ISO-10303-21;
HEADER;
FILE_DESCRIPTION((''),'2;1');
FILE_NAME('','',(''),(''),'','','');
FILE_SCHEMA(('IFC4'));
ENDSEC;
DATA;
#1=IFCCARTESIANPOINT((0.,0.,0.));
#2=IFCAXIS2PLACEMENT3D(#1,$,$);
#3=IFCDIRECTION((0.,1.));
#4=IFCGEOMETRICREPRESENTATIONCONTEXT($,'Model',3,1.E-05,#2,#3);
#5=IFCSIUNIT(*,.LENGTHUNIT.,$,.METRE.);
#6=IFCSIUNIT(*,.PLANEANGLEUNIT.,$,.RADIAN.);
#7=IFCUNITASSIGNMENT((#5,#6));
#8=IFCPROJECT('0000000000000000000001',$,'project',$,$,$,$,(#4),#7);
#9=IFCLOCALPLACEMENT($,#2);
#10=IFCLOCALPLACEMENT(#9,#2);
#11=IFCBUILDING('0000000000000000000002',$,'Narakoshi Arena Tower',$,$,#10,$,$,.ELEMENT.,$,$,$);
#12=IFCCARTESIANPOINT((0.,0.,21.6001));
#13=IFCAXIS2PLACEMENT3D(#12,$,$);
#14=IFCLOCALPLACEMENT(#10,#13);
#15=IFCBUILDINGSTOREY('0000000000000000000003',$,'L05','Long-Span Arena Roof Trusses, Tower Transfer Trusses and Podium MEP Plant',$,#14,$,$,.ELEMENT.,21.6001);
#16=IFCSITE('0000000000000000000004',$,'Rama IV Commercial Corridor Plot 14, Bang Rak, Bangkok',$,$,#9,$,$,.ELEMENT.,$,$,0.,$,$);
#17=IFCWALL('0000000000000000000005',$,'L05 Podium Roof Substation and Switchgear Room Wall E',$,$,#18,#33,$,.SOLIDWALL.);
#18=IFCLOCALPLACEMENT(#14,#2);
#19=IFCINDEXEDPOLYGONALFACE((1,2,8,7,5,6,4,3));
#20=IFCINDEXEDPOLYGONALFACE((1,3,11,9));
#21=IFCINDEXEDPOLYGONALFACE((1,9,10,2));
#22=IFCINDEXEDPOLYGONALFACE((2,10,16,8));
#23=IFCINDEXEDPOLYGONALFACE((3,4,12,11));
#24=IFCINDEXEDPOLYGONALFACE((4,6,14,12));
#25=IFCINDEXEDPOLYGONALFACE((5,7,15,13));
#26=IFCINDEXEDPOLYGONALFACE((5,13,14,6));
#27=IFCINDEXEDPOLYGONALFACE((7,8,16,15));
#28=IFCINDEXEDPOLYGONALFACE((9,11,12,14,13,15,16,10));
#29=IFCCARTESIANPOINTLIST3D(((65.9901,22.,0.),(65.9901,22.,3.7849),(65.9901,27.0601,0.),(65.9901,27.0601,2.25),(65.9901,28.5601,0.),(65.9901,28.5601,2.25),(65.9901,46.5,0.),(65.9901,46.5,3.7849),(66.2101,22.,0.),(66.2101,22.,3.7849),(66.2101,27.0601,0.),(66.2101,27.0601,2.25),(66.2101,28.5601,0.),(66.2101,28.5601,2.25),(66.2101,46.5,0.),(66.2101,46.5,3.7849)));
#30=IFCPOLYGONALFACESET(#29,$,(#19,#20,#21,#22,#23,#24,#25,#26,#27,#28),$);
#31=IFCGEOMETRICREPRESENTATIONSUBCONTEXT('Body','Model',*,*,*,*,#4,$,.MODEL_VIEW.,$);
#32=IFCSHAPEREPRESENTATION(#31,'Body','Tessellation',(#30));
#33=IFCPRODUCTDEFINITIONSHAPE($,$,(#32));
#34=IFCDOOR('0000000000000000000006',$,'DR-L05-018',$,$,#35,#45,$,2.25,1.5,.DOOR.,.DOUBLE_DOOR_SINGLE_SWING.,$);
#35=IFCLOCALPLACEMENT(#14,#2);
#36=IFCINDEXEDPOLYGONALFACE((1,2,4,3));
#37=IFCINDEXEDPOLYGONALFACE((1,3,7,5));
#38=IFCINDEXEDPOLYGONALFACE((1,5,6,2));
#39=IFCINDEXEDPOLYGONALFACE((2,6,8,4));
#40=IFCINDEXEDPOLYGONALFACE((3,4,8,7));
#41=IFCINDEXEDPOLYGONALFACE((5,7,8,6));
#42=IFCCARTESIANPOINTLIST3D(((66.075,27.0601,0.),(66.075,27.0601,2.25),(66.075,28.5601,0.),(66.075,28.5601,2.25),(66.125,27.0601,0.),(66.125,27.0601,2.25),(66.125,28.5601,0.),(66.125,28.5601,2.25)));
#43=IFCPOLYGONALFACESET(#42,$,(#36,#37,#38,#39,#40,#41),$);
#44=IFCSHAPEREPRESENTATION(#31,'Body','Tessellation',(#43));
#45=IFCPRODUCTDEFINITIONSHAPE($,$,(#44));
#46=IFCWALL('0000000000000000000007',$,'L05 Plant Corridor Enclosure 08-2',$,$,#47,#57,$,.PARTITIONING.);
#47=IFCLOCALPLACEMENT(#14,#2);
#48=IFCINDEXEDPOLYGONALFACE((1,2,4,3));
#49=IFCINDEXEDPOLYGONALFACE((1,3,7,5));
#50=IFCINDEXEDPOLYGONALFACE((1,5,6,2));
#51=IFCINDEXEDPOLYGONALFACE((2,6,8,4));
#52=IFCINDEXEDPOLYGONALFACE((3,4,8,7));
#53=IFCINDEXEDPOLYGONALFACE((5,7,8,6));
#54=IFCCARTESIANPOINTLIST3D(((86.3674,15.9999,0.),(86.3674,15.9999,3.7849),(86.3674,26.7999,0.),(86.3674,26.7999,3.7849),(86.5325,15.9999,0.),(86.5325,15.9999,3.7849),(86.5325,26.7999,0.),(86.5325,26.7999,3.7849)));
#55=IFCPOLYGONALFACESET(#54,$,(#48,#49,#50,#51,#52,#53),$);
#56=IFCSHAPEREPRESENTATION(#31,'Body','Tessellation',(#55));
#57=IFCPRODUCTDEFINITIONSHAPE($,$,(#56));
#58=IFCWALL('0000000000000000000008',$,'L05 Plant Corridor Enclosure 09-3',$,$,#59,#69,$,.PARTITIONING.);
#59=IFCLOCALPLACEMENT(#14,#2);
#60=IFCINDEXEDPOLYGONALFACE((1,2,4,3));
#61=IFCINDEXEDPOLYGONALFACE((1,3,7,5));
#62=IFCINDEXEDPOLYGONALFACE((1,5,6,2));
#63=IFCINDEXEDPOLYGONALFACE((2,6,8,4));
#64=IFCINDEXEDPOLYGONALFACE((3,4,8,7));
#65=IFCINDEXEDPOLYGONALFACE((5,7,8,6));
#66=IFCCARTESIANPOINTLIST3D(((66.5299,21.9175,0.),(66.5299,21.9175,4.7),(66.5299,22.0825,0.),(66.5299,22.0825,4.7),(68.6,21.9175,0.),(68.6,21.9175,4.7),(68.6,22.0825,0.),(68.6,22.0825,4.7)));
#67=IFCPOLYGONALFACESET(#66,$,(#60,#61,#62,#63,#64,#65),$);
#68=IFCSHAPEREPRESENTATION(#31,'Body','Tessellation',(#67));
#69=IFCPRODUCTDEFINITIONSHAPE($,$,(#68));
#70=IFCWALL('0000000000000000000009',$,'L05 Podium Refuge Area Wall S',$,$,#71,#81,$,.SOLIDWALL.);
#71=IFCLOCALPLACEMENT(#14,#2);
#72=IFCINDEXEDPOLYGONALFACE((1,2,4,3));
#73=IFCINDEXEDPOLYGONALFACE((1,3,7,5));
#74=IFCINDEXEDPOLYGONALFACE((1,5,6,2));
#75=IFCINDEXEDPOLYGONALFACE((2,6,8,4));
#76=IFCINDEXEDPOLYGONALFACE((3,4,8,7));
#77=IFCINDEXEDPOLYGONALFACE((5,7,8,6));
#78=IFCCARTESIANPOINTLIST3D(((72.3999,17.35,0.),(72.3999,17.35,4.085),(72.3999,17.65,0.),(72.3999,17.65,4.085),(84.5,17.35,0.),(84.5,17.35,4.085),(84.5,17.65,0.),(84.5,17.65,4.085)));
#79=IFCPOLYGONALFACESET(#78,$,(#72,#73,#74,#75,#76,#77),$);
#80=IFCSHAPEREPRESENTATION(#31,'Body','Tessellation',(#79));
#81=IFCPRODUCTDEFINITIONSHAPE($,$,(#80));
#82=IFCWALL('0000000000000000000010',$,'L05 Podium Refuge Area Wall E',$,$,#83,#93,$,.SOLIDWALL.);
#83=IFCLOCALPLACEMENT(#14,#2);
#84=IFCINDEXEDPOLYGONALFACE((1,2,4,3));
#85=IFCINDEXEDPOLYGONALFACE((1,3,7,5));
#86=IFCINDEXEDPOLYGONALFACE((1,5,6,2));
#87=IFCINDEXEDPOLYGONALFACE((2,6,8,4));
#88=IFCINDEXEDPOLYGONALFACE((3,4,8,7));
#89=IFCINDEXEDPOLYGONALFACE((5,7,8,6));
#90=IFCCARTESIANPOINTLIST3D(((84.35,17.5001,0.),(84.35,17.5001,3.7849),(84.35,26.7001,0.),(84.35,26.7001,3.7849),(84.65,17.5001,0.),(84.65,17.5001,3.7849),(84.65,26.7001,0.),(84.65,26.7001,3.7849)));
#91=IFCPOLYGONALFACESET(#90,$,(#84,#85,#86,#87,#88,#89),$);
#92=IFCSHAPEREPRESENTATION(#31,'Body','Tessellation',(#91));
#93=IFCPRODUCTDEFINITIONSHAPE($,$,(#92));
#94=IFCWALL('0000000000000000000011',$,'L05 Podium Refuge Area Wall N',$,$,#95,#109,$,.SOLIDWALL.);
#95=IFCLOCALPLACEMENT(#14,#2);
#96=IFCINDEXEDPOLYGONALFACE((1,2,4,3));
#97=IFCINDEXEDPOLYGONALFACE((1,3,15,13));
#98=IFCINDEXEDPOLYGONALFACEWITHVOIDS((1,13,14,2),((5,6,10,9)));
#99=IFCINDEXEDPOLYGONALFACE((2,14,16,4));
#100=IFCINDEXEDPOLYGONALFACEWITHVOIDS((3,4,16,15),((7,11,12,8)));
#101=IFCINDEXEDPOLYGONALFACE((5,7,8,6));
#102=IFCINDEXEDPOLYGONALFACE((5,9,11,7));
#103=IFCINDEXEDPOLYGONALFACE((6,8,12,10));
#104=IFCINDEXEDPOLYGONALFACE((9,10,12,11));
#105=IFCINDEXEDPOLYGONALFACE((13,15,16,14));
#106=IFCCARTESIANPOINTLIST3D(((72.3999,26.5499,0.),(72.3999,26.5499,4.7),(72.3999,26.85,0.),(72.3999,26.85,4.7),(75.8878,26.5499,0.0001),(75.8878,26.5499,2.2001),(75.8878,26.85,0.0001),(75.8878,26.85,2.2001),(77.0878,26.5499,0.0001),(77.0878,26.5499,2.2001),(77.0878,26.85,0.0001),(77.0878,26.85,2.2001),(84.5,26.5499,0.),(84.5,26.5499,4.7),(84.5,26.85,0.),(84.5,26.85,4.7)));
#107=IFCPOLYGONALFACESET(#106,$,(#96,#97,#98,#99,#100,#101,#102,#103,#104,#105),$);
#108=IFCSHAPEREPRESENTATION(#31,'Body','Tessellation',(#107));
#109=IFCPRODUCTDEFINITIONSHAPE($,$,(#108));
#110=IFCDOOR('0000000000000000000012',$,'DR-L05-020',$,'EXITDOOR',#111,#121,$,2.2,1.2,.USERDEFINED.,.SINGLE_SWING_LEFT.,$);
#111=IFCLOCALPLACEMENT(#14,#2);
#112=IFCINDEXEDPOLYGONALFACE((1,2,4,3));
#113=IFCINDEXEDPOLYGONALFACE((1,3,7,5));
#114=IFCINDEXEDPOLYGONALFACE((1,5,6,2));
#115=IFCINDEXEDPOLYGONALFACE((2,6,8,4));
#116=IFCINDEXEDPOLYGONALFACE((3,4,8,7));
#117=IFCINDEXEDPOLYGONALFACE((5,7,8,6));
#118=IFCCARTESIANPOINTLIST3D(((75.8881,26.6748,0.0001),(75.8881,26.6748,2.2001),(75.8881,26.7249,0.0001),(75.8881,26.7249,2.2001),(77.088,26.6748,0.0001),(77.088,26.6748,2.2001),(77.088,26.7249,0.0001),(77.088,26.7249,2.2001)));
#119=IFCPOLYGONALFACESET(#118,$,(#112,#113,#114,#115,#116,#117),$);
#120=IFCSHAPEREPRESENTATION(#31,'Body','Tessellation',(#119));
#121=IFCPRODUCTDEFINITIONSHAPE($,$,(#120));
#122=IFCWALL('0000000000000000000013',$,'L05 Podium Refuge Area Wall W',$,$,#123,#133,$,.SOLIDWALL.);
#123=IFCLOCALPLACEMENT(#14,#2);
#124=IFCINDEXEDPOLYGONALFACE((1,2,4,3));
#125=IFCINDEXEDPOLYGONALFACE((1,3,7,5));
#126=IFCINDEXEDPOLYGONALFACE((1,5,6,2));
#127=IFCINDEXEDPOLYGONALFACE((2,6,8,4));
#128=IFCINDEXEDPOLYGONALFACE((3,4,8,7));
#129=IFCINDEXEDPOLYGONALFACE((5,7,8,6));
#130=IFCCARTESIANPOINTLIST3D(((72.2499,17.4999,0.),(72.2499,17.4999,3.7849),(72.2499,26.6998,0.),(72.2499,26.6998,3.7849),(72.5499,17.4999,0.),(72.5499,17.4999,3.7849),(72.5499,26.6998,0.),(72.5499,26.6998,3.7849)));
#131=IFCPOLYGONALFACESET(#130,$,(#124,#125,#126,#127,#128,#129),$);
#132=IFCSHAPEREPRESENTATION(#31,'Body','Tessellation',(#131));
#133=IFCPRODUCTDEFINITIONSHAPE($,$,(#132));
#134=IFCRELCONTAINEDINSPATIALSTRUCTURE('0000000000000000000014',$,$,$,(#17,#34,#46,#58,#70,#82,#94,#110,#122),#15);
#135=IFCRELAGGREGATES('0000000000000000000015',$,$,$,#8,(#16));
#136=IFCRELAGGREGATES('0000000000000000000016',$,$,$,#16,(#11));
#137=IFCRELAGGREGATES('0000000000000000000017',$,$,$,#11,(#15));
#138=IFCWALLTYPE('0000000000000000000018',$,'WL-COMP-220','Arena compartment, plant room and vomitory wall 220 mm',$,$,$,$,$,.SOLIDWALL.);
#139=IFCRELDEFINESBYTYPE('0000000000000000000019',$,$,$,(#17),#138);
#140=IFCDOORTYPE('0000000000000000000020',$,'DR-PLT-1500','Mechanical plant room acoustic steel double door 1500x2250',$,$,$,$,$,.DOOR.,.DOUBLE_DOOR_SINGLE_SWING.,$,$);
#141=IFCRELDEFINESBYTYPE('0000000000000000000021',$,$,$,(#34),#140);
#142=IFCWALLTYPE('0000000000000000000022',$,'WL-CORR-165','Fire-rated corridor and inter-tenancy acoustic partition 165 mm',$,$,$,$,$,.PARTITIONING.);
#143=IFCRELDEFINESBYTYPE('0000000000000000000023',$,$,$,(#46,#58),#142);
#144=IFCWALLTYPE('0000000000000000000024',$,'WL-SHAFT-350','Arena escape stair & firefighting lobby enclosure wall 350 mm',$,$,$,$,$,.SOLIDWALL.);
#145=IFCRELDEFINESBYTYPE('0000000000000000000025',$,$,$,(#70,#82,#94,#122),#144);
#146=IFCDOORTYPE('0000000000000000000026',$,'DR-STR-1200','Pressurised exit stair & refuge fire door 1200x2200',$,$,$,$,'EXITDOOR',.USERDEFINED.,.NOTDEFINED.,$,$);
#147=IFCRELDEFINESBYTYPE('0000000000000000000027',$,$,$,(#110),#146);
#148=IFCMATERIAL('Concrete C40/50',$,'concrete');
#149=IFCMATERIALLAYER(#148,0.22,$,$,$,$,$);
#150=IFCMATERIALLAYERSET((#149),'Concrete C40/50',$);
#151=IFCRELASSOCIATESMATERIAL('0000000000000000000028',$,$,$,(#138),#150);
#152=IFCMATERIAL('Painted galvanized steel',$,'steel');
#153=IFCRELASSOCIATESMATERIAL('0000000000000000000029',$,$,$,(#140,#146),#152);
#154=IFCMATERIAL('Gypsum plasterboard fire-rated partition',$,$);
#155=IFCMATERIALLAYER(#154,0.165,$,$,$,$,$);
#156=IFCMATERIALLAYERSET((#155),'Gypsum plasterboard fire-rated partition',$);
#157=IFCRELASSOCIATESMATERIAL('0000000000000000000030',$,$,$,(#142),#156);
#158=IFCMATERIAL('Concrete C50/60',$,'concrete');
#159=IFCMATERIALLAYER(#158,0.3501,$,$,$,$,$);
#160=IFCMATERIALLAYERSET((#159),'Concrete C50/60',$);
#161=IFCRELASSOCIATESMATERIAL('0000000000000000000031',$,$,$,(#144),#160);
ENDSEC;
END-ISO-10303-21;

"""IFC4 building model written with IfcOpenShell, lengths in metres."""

from ifc_helpers import new_model, si_unit, direction, frame, frame_2d, origin, place, context, subcontext, project, spatial, rectangle, extrude, material, layer, layer_set, type_object, element, fill, save


model = new_model("IFC4")

# Units and contexts
model_context = context("Model", 3, precision=1e-05, world=origin(), true_north=direction((0.0, 1.0)))
body_context = subcontext(model_context, "Body", "Model", "MODEL_VIEW")
ifc_project = project(units=[si_unit("LENGTHUNIT", "METRE"), si_unit("PLANEANGLEUNIT", "RADIAN")], contexts=[model_context])

# Site, building, storey
site_placement = place(None, origin())
site = spatial("IfcSite", under=ifc_project, at=site_placement, Name="Rama IV Commercial Corridor Plot 14, Bang Rak, Bangkok", CompositionType="ELEMENT", RefElevation=0.0)
building_placement = place(site_placement, origin())
building = spatial("IfcBuilding", under=site, at=building_placement, Name="Narakoshi Arena Tower", CompositionType="ELEMENT")
storey_placement = place(building_placement, frame((0.0, 0.0, 21.6001)))
storey = spatial("IfcBuildingStorey", under=building, at=storey_placement, Name="L05", Description="Long-Span Arena Roof Trusses, Tower Transfer Trusses and Podium MEP Plant", CompositionType="ELEMENT", Elevation=21.6001)

# Wall, opening, door
ifc_material_1 = material(Name="Concrete C40/50", Category="concrete")
ifc_layer_1 = layer(ifc_material_1, 0.22)
ifc_layer_set_1 = layer_set([ifc_layer_1], Name="Concrete C40/50")
wall_type_1 = type_object("IfcWallType", Name="WL-COMP-220", Description="Arena compartment, plant room and vomitory wall 220 mm", PredefinedType="SOLIDWALL", material=ifc_layer_set_1)
wall_1_placement = place(storey_placement, frame((66.1001, 22.0, 0.0), z_axis=(0.0, 0.0, 1.0), x_axis=(0.0, 1.0, 0.0)))
wall_1 = element("IfcWall", 1, at=wall_1_placement, inside=storey, type_object=wall_type_1, Name="L05 Podium Roof Substation and Switchgear Room Wall E", PredefinedType="SOLIDWALL", context=body_context, shape_type="SweptSolid", body=[
    extrude(rectangle(XDim=24.5, YDim=0.22, at=frame_2d((12.25, 0.0))), origin(), (0.0, 0.0, 1.0), 3.7849),
])
opening_1_placement = place(wall_1_placement, frame((5.0601, 0.0, 0.0)))
opening_1 = element("IfcOpeningElement", 2, at=opening_1_placement, cuts=wall_1, PredefinedType="OPENING", context=body_context, shape_type="SweptSolid", body=[
    extrude(rectangle(XDim=1.5, YDim=2.25, at=frame_2d((0.75, 1.125))), frame((0.0, 0.1199, 0.0), z_axis=(0.0, -1.0, 0.0), x_axis=(1.0, 0.0, 0.0)), (0.0, 0.0, 1.0), 0.24),
])
ifc_material_2 = material(Name="Painted galvanized steel", Category="steel")
door_type_1 = type_object("IfcDoorType", Name="DR-PLT-1500", Description="Mechanical plant room acoustic steel double door 1500x2250", OperationType="DOUBLE_DOOR_SINGLE_SWING", PredefinedType="DOOR", material=ifc_material_2)
door_1_placement = place(opening_1_placement, frame((1.5, 0.0, 0.0), z_axis=(0.0, 0.0, 1.0), x_axis=(-1.0, 0.0, 0.0)))
door_1 = element("IfcDoor", 3, at=door_1_placement, inside=storey, type_object=door_type_1, Name="DR-L05-018", OperationType="DOUBLE_DOOR_SINGLE_SWING", OverallHeight=2.25, OverallWidth=1.5, PredefinedType="DOOR", context=body_context, shape_type="SweptSolid", body=[
    extrude(rectangle(XDim=1.5, YDim=2.25, at=frame_2d((0.75, 1.125))), frame((0.0, 0.0249, 0.0), z_axis=(0.0, -1.0, 0.0), x_axis=(1.0, 0.0, 0.0)), (0.0, 0.0, 1.0), 0.05),
])
fill(opening_1, door_1)

# Walls
ifc_material_3 = material(Name="Gypsum plasterboard fire-rated partition")
ifc_layer_2 = layer(ifc_material_3, 0.165)
ifc_layer_set_2 = layer_set([ifc_layer_2], Name="Gypsum plasterboard fire-rated partition")
wall_type_2 = type_object("IfcWallType", Name="WL-CORR-165", Description="Fire-rated corridor and inter-tenancy acoustic partition 165 mm", PredefinedType="PARTITIONING", material=ifc_layer_set_2)
wall_2_placement = place(storey_placement, frame((86.45, 16.0, 0.0), z_axis=(0.0, 0.0, 1.0), x_axis=(0.0, 1.0, 0.0)))
element("IfcWall", 4, at=wall_2_placement, inside=storey, type_object=wall_type_2, Name="L05 Plant Corridor Enclosure 08-2", PredefinedType="PARTITIONING", context=body_context, shape_type="SweptSolid", body=[
    extrude(rectangle(XDim=10.8, YDim=0.165, at=frame_2d((5.3999, 0.0))), origin(), (0.0, 0.0, 1.0), 3.7849),
])
wall_3_placement = place(storey_placement, frame((68.6001, 22.0, 0.0), z_axis=(0.0, 0.0, 1.0), x_axis=(-1.0, 0.0, 0.0)))
element("IfcWall", 5, at=wall_3_placement, inside=storey, type_object=wall_type_2, Name="L05 Plant Corridor Enclosure 09-3", PredefinedType="PARTITIONING", context=body_context, shape_type="SweptSolid", body=[
    extrude(rectangle(XDim=2.0701, YDim=0.165, at=frame_2d((1.0352, 0.0))), origin(), (0.0, 0.0, 1.0), 4.7),
])
ifc_material_4 = material(Name="Concrete C50/60", Category="concrete")
ifc_layer_3 = layer(ifc_material_4, 0.3501)
ifc_layer_set_3 = layer_set([ifc_layer_3], Name="Concrete C50/60")
wall_type_3 = type_object("IfcWallType", Name="WL-SHAFT-350", Description="Arena escape stair & firefighting lobby enclosure wall 350 mm", PredefinedType="SOLIDWALL", material=ifc_layer_set_3)
wall_4_placement = place(storey_placement, frame((72.3999, 17.5, 0.0), z_axis=(0.0, 0.0, 1.0), x_axis=(1.0, 0.0, 0.0)))
element("IfcWall", 6, at=wall_4_placement, inside=storey, type_object=wall_type_3, Name="L05 Podium Refuge Area Wall S", PredefinedType="SOLIDWALL", context=body_context, shape_type="SweptSolid", body=[
    extrude(rectangle(XDim=12.1001, YDim=0.3, at=frame_2d((6.05, 0.0))), origin(), (0.0, 0.0, 1.0), 4.085),
])
wall_5_placement = place(storey_placement, frame((84.5, 17.5, 0.0), z_axis=(0.0, 0.0, 1.0), x_axis=(0.0, 1.0, 0.0)))
element("IfcWall", 7, at=wall_5_placement, inside=storey, type_object=wall_type_3, Name="L05 Podium Refuge Area Wall E", PredefinedType="SOLIDWALL", context=body_context, shape_type="SweptSolid", body=[
    extrude(rectangle(XDim=9.2, YDim=0.3, at=frame_2d((4.6001, 0.0))), origin(), (0.0, 0.0, 1.0), 3.7849),
])

# Wall, opening, door
wall_6_placement = place(storey_placement, frame((84.5, 26.7, 0.0), z_axis=(0.0, 0.0, 1.0), x_axis=(-1.0, 0.0, 0.0)))
wall_6 = element("IfcWall", 8, at=wall_6_placement, inside=storey, type_object=wall_type_3, Name="L05 Podium Refuge Area Wall N", PredefinedType="SOLIDWALL", context=body_context, shape_type="SweptSolid", body=[
    extrude(rectangle(XDim=12.1001, YDim=0.3, at=frame_2d((6.05, 0.0))), origin(), (0.0, 0.0, 1.0), 4.7),
])
opening_2_placement = place(wall_6_placement, frame((7.4121, 0.0, 0.0)))
opening_2 = element("IfcOpeningElement", 9, at=opening_2_placement, cuts=wall_6, PredefinedType="OPENING", context=body_context, shape_type="SweptSolid", body=[
    extrude(rectangle(XDim=1.2, YDim=2.2, at=frame_2d((0.6001, 1.1001))), frame((0.0, 0.1599, 0.0), z_axis=(0.0, -1.0, 0.0), x_axis=(1.0, 0.0, 0.0)), (0.0, 0.0, 1.0), 0.3201),
])
door_type_2 = type_object("IfcDoorType", Name="DR-STR-1200", Description="Pressurised exit stair & refuge fire door 1200x2200", ElementType="EXITDOOR", OperationType="NOTDEFINED", PredefinedType="USERDEFINED", material=ifc_material_2)
door_2_placement = place(opening_2_placement, frame((1.2, 0.0, 0.0), z_axis=(0.0, 0.0, 1.0), x_axis=(-1.0, 0.0, 0.0)))
door_2 = element("IfcDoor", 10, at=door_2_placement, inside=storey, type_object=door_type_2, Name="DR-L05-020", ObjectType="EXITDOOR", OperationType="SINGLE_SWING_LEFT", OverallHeight=2.2, OverallWidth=1.2, PredefinedType="USERDEFINED", context=body_context, shape_type="SweptSolid", body=[
    extrude(rectangle(XDim=1.2, YDim=2.2, at=frame_2d((0.6001, 1.1001))), frame((0.0, 0.0249, 0.0), z_axis=(0.0, -1.0, 0.0), x_axis=(1.0, 0.0, 0.0)), (0.0, 0.0, 1.0), 0.05),
])
fill(opening_2, door_2)

# Wall
wall_7_placement = place(storey_placement, frame((72.3999, 26.7, 0.0), z_axis=(0.0, 0.0, 1.0), x_axis=(0.0, -1.0, 0.0)))
element("IfcWall", 11, at=wall_7_placement, inside=storey, type_object=wall_type_3, Name="L05 Podium Refuge Area Wall W", PredefinedType="SOLIDWALL", context=body_context, shape_type="SweptSolid", body=[
    extrude(rectangle(XDim=9.2, YDim=0.3, at=frame_2d((4.6001, 0.0))), origin(), (0.0, 0.0, 1.0), 3.7849),
])

save(model, "model.ifc")
